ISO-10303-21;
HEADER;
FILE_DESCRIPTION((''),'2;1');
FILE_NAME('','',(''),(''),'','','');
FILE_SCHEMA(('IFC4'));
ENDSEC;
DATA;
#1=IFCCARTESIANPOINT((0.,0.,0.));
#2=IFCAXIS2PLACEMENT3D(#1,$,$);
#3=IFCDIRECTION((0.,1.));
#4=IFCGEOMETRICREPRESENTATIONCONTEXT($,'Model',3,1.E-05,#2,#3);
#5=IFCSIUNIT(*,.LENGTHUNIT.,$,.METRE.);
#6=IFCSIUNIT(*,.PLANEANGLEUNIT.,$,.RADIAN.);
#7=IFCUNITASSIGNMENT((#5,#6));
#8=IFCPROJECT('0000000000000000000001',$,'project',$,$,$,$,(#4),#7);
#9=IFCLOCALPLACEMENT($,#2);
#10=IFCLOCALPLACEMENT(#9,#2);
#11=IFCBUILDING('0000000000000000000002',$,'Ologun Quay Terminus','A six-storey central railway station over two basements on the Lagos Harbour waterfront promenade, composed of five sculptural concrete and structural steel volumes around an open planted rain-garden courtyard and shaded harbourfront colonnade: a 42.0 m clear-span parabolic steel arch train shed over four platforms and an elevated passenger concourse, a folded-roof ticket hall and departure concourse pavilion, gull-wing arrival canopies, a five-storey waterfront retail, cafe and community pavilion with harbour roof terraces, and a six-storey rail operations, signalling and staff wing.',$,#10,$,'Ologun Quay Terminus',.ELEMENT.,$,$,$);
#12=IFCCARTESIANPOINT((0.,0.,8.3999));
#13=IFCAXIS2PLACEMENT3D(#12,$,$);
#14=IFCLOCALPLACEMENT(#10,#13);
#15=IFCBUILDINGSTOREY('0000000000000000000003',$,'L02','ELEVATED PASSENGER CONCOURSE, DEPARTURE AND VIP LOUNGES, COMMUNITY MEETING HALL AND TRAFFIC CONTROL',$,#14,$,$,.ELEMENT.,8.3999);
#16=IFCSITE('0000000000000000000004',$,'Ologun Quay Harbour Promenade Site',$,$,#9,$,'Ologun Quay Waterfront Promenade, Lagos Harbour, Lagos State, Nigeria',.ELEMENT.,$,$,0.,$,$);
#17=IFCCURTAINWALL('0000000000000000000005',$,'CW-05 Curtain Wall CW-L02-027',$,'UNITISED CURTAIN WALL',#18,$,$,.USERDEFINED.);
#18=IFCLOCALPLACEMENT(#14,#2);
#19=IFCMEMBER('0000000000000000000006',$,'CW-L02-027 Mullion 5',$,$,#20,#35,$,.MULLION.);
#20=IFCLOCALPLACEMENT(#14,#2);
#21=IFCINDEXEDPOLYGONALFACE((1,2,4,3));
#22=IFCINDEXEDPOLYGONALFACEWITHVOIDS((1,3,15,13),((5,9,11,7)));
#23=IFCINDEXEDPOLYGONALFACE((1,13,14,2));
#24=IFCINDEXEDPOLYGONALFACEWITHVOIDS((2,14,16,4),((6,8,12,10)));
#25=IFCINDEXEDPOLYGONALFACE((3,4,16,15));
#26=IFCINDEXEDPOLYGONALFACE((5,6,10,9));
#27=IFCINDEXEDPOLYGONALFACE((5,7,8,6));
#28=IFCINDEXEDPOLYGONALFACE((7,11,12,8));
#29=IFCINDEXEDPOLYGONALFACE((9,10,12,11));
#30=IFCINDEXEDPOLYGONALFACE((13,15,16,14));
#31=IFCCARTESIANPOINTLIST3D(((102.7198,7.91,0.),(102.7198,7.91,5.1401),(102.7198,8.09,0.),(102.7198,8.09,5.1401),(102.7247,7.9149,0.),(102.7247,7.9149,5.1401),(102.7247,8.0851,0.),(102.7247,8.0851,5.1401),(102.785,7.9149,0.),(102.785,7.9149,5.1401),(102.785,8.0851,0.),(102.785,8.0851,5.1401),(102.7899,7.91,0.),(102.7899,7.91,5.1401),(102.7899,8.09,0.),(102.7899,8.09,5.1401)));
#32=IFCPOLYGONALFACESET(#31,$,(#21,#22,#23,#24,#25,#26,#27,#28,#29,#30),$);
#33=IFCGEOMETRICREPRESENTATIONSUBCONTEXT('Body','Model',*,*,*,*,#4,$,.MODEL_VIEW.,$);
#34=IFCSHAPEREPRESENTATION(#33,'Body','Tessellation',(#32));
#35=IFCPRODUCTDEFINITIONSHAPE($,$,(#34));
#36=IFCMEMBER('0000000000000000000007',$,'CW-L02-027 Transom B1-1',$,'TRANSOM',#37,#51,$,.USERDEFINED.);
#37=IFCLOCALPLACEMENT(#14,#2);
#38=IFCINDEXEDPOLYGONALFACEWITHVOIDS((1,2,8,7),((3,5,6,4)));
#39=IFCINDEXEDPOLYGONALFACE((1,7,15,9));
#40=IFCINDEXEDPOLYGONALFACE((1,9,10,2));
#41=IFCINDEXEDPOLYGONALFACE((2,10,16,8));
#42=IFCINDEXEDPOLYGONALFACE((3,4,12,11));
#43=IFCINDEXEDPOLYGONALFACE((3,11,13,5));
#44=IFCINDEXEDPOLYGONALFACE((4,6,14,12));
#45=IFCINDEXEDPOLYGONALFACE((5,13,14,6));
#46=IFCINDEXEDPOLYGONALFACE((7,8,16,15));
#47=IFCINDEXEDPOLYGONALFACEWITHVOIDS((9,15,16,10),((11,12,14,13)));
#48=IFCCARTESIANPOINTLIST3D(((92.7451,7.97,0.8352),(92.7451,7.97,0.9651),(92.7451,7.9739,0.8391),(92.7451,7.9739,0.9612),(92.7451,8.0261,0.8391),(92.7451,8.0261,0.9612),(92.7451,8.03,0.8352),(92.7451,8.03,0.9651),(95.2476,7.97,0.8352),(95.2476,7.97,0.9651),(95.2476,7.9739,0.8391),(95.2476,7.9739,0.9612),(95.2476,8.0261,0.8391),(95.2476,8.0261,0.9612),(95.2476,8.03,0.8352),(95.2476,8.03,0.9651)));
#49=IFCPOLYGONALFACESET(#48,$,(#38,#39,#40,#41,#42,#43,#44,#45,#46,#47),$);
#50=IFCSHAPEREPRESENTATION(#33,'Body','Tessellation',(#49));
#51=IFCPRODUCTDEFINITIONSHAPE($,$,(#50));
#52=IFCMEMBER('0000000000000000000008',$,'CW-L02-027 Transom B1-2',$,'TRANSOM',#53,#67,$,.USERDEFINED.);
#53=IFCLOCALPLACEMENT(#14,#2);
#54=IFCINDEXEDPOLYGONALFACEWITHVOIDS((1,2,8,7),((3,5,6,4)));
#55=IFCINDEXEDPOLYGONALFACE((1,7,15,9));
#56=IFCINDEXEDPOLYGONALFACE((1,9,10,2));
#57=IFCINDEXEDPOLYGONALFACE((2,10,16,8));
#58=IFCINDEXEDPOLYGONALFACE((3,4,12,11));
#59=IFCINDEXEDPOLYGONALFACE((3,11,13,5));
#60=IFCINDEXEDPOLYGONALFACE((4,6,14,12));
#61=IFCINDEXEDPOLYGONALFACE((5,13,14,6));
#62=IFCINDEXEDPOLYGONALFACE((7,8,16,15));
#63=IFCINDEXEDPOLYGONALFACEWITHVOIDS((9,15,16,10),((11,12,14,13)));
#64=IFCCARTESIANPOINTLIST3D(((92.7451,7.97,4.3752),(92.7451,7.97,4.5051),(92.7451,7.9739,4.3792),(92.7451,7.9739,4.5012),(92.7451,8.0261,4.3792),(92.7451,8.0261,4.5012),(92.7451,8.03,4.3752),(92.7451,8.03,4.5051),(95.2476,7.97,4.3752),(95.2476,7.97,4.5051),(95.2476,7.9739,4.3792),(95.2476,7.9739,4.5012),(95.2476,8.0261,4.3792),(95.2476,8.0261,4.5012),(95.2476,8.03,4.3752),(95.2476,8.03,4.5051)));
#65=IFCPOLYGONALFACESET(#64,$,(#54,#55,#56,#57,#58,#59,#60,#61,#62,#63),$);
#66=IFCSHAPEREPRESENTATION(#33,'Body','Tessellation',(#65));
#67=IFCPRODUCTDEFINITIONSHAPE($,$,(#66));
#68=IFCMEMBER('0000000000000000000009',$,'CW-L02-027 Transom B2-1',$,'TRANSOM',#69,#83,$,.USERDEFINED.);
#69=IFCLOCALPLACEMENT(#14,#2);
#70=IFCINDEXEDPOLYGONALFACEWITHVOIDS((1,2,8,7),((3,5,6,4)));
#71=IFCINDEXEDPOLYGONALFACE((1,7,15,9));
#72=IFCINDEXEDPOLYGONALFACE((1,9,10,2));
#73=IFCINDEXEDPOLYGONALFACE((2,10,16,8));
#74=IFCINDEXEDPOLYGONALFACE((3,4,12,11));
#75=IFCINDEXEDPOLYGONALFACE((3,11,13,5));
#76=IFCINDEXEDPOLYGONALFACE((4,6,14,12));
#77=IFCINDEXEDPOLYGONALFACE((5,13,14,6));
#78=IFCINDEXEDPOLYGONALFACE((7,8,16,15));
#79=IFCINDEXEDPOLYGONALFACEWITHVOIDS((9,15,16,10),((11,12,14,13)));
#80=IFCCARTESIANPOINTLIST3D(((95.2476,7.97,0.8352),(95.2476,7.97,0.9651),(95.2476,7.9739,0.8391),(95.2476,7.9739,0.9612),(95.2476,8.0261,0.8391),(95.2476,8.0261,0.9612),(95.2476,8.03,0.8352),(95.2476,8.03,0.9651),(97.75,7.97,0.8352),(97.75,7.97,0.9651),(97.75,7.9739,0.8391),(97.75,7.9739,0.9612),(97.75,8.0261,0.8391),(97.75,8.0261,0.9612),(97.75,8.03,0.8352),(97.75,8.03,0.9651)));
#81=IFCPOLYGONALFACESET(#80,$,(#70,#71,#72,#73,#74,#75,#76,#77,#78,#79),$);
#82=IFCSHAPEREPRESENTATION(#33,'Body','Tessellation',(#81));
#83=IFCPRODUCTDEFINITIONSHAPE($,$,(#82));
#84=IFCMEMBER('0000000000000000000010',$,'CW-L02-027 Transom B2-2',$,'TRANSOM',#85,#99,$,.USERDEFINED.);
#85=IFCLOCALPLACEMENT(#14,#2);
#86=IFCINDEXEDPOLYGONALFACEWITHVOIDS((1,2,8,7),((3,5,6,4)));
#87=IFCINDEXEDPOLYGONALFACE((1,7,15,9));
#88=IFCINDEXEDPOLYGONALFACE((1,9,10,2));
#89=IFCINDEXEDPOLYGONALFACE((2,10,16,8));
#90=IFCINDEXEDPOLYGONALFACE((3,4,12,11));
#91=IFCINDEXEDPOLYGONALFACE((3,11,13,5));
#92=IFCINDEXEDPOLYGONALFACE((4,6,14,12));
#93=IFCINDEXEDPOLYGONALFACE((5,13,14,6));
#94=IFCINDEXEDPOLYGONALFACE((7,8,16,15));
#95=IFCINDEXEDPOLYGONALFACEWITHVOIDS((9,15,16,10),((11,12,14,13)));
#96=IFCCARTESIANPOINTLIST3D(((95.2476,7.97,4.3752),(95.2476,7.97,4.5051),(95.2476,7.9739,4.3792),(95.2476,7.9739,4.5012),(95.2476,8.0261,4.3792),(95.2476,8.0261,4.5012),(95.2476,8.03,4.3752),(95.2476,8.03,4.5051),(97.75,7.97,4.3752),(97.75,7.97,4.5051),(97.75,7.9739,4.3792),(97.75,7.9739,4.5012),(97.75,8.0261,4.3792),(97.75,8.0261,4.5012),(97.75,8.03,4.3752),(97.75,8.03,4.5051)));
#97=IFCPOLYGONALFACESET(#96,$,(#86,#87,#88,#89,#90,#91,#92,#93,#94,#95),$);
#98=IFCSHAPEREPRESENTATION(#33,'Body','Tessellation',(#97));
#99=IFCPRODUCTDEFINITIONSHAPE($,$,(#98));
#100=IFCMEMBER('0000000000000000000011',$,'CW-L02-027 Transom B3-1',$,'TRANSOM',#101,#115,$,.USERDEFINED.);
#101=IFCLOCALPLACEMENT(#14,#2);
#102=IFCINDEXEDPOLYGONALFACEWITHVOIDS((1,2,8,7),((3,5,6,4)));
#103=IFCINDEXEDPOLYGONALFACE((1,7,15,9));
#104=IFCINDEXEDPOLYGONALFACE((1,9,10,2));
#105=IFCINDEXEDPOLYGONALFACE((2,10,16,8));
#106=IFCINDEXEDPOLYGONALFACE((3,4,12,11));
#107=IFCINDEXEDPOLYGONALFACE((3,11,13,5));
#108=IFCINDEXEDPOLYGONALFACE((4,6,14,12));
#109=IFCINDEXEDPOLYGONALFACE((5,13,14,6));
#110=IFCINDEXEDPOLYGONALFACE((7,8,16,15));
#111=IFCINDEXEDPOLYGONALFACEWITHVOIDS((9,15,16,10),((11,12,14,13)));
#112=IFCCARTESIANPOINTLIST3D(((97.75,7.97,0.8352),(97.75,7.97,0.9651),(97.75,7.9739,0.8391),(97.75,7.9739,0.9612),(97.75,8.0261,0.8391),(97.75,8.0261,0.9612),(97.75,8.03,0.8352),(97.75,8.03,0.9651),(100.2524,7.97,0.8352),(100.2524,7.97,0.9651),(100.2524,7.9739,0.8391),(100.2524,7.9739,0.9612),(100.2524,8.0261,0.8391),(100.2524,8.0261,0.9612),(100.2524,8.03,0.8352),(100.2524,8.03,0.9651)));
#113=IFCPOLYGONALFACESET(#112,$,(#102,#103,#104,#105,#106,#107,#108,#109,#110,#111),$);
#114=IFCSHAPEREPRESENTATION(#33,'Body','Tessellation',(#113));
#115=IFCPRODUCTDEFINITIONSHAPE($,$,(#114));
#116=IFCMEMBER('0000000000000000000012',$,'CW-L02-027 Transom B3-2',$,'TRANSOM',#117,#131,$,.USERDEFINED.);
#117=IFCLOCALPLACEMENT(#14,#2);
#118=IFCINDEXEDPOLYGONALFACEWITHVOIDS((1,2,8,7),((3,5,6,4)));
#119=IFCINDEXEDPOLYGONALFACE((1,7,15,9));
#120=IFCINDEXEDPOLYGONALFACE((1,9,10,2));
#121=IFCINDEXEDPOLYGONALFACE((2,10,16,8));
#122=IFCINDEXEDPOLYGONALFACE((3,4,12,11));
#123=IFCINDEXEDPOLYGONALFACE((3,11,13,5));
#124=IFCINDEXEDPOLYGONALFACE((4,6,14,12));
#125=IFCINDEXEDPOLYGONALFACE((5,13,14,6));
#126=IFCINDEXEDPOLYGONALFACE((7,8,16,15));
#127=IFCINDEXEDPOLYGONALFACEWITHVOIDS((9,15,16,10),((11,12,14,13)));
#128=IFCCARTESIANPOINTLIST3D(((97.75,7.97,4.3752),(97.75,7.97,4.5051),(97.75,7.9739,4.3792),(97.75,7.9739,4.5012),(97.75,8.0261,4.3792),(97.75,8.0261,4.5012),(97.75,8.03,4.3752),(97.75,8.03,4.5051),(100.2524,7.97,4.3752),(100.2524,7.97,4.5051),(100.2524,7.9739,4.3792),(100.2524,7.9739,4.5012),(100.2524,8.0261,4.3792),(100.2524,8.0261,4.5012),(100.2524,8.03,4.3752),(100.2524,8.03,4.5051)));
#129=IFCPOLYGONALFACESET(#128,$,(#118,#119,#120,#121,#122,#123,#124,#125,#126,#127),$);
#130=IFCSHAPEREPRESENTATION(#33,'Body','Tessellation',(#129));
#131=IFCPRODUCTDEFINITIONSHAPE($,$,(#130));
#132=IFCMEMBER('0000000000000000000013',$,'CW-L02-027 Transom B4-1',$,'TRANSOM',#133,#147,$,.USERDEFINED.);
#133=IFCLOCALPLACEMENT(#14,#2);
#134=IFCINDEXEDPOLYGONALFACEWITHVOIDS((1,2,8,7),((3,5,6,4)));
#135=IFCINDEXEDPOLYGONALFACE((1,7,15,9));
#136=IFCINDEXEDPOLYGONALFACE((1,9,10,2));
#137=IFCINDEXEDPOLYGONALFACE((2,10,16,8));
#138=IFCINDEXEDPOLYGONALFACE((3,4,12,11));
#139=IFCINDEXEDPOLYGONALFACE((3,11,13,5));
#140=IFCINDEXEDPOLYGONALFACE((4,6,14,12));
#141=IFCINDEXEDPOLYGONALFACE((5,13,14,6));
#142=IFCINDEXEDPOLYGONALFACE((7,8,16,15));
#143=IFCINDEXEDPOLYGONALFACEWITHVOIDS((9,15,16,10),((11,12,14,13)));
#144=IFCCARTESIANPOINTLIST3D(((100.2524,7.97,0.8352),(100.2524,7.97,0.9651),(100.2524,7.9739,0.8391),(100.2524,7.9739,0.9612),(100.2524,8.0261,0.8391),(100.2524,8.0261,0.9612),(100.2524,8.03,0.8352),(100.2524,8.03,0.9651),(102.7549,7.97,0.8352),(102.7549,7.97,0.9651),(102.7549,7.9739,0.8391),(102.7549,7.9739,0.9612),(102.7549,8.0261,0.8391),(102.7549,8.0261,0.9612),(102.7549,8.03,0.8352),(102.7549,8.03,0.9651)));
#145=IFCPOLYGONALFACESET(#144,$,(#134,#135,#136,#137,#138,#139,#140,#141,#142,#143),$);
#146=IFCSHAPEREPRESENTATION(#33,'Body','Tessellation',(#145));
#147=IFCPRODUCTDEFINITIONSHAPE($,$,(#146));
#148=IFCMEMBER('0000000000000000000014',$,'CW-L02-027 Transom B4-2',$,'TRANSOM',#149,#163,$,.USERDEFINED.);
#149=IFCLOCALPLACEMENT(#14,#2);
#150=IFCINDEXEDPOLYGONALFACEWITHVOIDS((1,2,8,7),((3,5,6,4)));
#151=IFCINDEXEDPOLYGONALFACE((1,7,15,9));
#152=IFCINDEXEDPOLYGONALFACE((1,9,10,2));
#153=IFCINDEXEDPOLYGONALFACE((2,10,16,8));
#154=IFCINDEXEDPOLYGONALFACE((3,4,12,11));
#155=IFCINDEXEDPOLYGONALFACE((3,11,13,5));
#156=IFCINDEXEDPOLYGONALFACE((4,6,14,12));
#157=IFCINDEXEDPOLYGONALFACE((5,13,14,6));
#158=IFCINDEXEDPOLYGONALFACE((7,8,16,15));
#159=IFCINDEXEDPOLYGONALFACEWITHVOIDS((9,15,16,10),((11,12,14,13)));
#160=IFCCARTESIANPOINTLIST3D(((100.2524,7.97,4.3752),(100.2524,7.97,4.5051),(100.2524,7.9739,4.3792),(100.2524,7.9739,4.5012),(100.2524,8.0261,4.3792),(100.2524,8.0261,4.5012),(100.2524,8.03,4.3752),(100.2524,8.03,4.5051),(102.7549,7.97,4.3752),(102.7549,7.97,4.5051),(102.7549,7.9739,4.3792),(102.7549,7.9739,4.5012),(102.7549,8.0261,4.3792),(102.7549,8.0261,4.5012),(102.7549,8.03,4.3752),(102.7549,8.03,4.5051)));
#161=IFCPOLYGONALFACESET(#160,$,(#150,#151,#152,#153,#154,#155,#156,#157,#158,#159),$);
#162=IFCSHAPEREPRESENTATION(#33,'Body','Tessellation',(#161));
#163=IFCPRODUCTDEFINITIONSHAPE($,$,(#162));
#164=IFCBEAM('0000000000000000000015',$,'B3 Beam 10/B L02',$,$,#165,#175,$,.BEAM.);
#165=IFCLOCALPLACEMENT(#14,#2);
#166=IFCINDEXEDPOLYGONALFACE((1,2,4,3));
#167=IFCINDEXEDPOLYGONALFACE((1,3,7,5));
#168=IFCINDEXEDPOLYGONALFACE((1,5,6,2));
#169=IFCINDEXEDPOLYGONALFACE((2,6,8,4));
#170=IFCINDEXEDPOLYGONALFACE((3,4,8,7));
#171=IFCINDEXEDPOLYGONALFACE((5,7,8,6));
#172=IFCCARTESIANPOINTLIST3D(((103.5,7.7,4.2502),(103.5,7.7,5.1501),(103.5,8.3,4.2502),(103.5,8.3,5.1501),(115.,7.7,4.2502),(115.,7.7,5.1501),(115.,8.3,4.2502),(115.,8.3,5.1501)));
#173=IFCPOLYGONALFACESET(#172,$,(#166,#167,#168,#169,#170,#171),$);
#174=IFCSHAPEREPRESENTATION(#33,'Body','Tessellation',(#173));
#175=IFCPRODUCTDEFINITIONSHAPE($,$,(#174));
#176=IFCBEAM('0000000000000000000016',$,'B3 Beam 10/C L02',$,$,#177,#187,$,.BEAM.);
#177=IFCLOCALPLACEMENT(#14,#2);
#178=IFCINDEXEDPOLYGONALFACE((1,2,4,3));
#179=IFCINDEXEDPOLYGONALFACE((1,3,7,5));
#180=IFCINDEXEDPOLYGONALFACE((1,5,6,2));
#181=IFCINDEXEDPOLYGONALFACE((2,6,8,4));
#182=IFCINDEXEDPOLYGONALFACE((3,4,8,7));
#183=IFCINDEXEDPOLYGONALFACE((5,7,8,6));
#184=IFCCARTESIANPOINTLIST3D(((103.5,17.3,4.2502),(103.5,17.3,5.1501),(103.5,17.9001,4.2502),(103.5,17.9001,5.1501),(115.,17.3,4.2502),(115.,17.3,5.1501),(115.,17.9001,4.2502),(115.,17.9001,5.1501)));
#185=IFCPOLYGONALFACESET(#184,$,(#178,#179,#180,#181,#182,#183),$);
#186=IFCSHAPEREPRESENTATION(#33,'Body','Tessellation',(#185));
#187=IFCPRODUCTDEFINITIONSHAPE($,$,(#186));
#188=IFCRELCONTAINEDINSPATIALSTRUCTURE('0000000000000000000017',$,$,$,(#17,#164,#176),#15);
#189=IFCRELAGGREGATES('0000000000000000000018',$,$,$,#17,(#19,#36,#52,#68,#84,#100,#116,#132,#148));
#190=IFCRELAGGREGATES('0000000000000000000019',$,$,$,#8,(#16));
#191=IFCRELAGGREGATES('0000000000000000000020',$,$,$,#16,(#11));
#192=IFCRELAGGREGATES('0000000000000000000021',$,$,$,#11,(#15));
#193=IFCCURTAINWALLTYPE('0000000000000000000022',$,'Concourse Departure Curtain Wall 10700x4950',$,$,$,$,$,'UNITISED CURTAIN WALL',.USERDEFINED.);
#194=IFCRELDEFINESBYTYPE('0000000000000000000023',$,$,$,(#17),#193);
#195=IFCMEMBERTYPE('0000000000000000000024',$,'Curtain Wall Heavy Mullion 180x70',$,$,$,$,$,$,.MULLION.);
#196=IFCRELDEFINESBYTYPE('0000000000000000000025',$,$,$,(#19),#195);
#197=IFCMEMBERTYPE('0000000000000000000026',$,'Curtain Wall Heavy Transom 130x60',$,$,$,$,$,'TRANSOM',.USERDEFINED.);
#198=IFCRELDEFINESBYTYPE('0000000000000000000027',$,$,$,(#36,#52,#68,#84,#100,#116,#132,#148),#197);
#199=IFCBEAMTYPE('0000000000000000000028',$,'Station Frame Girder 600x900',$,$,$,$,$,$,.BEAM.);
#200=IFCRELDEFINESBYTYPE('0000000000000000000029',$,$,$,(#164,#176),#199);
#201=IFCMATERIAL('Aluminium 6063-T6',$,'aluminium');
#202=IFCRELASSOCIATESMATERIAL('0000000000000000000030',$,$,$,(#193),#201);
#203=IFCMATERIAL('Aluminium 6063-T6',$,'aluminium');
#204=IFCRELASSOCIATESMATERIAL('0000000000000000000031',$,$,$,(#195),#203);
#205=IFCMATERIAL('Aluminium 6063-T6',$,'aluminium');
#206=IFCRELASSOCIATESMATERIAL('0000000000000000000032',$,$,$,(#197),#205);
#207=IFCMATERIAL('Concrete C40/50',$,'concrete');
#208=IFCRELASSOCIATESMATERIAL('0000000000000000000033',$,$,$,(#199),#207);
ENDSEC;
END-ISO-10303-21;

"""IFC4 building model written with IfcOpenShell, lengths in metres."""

from ifc_helpers import new_model, si_unit, direction, frame, origin, origin_2d, place, context, subcontext, project, spatial, rectangle, hollow_rectangle, extrude, material, material_profile, profile_set, type_object, element, aggregate, save


model = new_model("IFC4")

# Units and contexts
model_context = context("Model", 3, precision=1e-05, world=origin(), true_north=direction((0.0, 1.0)))
body_context = subcontext(model_context, "Body", "Model", "MODEL_VIEW")
ifc_project = project(units=[si_unit("LENGTHUNIT", "METRE"), si_unit("PLANEANGLEUNIT", "RADIAN")], contexts=[model_context])

# Site, building, storey
site_placement = place(None, origin())
site = spatial("IfcSite", under=ifc_project, at=site_placement, Name="Ologun Quay Harbour Promenade Site", LongName="Ologun Quay Waterfront Promenade, Lagos Harbour, Lagos State, Nigeria", CompositionType="ELEMENT", RefElevation=0.0)
building_placement = place(site_placement, origin())
building = spatial("IfcBuilding", under=site, at=building_placement, Name="Ologun Quay Terminus", Description="A six-storey central railway station over two basements on the Lagos Harbour waterfront promenade, composed of five sculptural concrete and structural steel volumes around an open planted rain-garden courtyard and shaded harbourfront colonnade: a 42.0 m clear-span parabolic steel arch train shed over four platforms and an elevated passenger concourse, a folded-roof ticket hall and departure concourse pavilion, gull-wing arrival canopies, a five-storey waterfront retail, cafe and community pavilion with harbour roof terraces, and a six-storey rail operations, signalling and staff wing.", LongName="Ologun Quay Terminus", CompositionType="ELEMENT")
storey_placement = place(building_placement, frame((0.0, 0.0, 8.3999)))
storey = spatial("IfcBuildingStorey", under=building, at=storey_placement, Name="L02", Description="ELEVATED PASSENGER CONCOURSE, DEPARTURE AND VIP LOUNGES, COMMUNITY MEETING HALL AND TRAFFIC CONTROL", CompositionType="ELEMENT", Elevation=8.3999)

# Curtain wall, members
ifc_material_1 = material(Name="Aluminium 6063-T6", Category="aluminium")
curtain_wall_type = type_object("IfcCurtainWallType", Name="Concourse Departure Curtain Wall 10700x4950", ElementType="UNITISED CURTAIN WALL", PredefinedType="USERDEFINED", material=ifc_material_1)
curtain_wall_placement = place(storey_placement, origin())
curtain_wall = element("IfcCurtainWall", 1, at=curtain_wall_placement, inside=storey, type_object=curtain_wall_type, Name="CW-05 Curtain Wall CW-L02-027", ObjectType="UNITISED CURTAIN WALL", PredefinedType="USERDEFINED")
ifc_material_2 = material(Name="Aluminium 6063-T6", Category="aluminium")
ifc_material_profile_1 = material_profile(ifc_material_2, hollow_rectangle(XDim=0.0701, YDim=0.1799, WallThickness=0.0049, at=origin_2d()), Name="ALU 180x70x5")
ifc_profile_set_1 = profile_set([ifc_material_profile_1], Name="Aluminium 6063-T6")
member_type_1 = type_object("IfcMemberType", Name="Curtain Wall Heavy Mullion 180x70", PredefinedType="MULLION", material=ifc_profile_set_1)
member_1_placement = place(storey_placement, frame((102.7549, 8.0, 0.0), z_axis=(0.0, 0.0, 1.0), x_axis=(1.0, 0.0, 0.0)))
member_1 = element("IfcMember", 2, at=member_1_placement, type_object=member_type_1, Name="CW-L02-027 Mullion 5", PredefinedType="MULLION", context=body_context, shape_type="SweptSolid", body=[
    extrude(hollow_rectangle(XDim=0.0701, YDim=0.1799, WallThickness=0.0049, at=origin_2d()), origin(), (0.0, 0.0, 1.0), 5.1401),
])
ifc_material_3 = material(Name="Aluminium 6063-T6", Category="aluminium")
ifc_material_profile_2 = material_profile(ifc_material_3, hollow_rectangle(XDim=0.0601, YDim=0.1299, WallThickness=0.0039, at=origin_2d()), Name="ALU 130x60x4")
ifc_profile_set_2 = profile_set([ifc_material_profile_2], Name="Aluminium 6063-T6")
member_type_2 = type_object("IfcMemberType", Name="Curtain Wall Heavy Transom 130x60", ElementType="TRANSOM", PredefinedType="USERDEFINED", material=ifc_profile_set_2)
member_2_placement = place(storey_placement, frame((92.7451, 8.0, 0.9001), z_axis=(1.0, 0.0, 0.0), x_axis=(0.0, 1.0, 0.0)))
member_2 = element("IfcMember", 3, at=member_2_placement, type_object=member_type_2, Name="CW-L02-027 Transom B1-1", ObjectType="TRANSOM", PredefinedType="USERDEFINED", context=body_context, shape_type="SweptSolid", body=[
    extrude(hollow_rectangle(XDim=0.0601, YDim=0.1299, WallThickness=0.0039, at=origin_2d()), origin(), (0.0, 0.0, 1.0), 2.5024),
])
member_3_placement = place(storey_placement, frame((92.7451, 8.0, 4.4402), z_axis=(1.0, 0.0, 0.0), x_axis=(0.0, 1.0, 0.0)))
member_3 = element("IfcMember", 4, at=member_3_placement, type_object=member_type_2, Name="CW-L02-027 Transom B1-2", ObjectType="TRANSOM", PredefinedType="USERDEFINED", context=body_context, shape_type="SweptSolid", body=[
    extrude(hollow_rectangle(XDim=0.0601, YDim=0.1299, WallThickness=0.0039, at=origin_2d()), origin(), (0.0, 0.0, 1.0), 2.5024),
])
member_4_placement = place(storey_placement, frame((95.2476, 8.0, 0.9001), z_axis=(1.0, 0.0, 0.0), x_axis=(0.0, 1.0, 0.0)))
member_4 = element("IfcMember", 5, at=member_4_placement, type_object=member_type_2, Name="CW-L02-027 Transom B2-1", ObjectType="TRANSOM", PredefinedType="USERDEFINED", context=body_context, shape_type="SweptSolid", body=[
    extrude(hollow_rectangle(XDim=0.0601, YDim=0.1299, WallThickness=0.0039, at=origin_2d()), origin(), (0.0, 0.0, 1.0), 2.5024),
])
member_5_placement = place(storey_placement, frame((95.2476, 8.0, 4.4402), z_axis=(1.0, 0.0, 0.0), x_axis=(0.0, 1.0, 0.0)))
member_5 = element("IfcMember", 6, at=member_5_placement, type_object=member_type_2, Name="CW-L02-027 Transom B2-2", ObjectType="TRANSOM", PredefinedType="USERDEFINED", context=body_context, shape_type="SweptSolid", body=[
    extrude(hollow_rectangle(XDim=0.0601, YDim=0.1299, WallThickness=0.0039, at=origin_2d()), origin(), (0.0, 0.0, 1.0), 2.5024),
])
member_6_placement = place(storey_placement, frame((97.75, 8.0, 0.9001), z_axis=(1.0, 0.0, 0.0), x_axis=(0.0, 1.0, 0.0)))
member_6 = element("IfcMember", 7, at=member_6_placement, type_object=member_type_2, Name="CW-L02-027 Transom B3-1", ObjectType="TRANSOM", PredefinedType="USERDEFINED", context=body_context, shape_type="SweptSolid", body=[
    extrude(hollow_rectangle(XDim=0.0601, YDim=0.1299, WallThickness=0.0039, at=origin_2d()), origin(), (0.0, 0.0, 1.0), 2.5024),
])
member_7_placement = place(storey_placement, frame((97.75, 8.0, 4.4402), z_axis=(1.0, 0.0, 0.0), x_axis=(0.0, 1.0, 0.0)))
member_7 = element("IfcMember", 8, at=member_7_placement, type_object=member_type_2, Name="CW-L02-027 Transom B3-2", ObjectType="TRANSOM", PredefinedType="USERDEFINED", context=body_context, shape_type="SweptSolid", body=[
    extrude(hollow_rectangle(XDim=0.0601, YDim=0.1299, WallThickness=0.0039, at=origin_2d()), origin(), (0.0, 0.0, 1.0), 2.5024),
])
member_8_placement = place(storey_placement, frame((100.2524, 8.0, 0.9001), z_axis=(1.0, 0.0, 0.0), x_axis=(0.0, 1.0, 0.0)))
member_8 = element("IfcMember", 9, at=member_8_placement, type_object=member_type_2, Name="CW-L02-027 Transom B4-1", ObjectType="TRANSOM", PredefinedType="USERDEFINED", context=body_context, shape_type="SweptSolid", body=[
    extrude(hollow_rectangle(XDim=0.0601, YDim=0.1299, WallThickness=0.0039, at=origin_2d()), origin(), (0.0, 0.0, 1.0), 2.5024),
])
member_9_placement = place(storey_placement, frame((100.2524, 8.0, 4.4402), z_axis=(1.0, 0.0, 0.0), x_axis=(0.0, 1.0, 0.0)))
member_9 = element("IfcMember", 10, at=member_9_placement, type_object=member_type_2, Name="CW-L02-027 Transom B4-2", ObjectType="TRANSOM", PredefinedType="USERDEFINED", context=body_context, shape_type="SweptSolid", body=[
    extrude(hollow_rectangle(XDim=0.0601, YDim=0.1299, WallThickness=0.0039, at=origin_2d()), origin(), (0.0, 0.0, 1.0), 2.5024),
])

# Beams
ifc_material_4 = material(Name="Concrete C40/50", Category="concrete")
ifc_material_profile_3 = material_profile(ifc_material_4, rectangle(XDim=0.6001, YDim=0.8999, at=origin_2d()), Name="RC 600x900")
ifc_profile_set_3 = profile_set([ifc_material_profile_3], Name="Concrete C40/50")
beam_type_1 = type_object("IfcBeamType", Name="Station Frame Girder 600x900", PredefinedType="BEAM", material=ifc_profile_set_3)
for number, where, z_axis, x_axis, name in (
    (11, (103.5, 8.0, 4.7002), (1.0, 0.0, 0.0), (0.0, 1.0, 0.0), "B3 Beam 10/B L02"),
    (12, (103.5, 17.6001, 4.7002), (1.0, 0.0, 0.0), (0.0, 1.0, 0.0), "B3 Beam 10/C L02"),
):
    element("IfcBeam", number, at=place(storey_placement, frame(where, z_axis=z_axis, x_axis=x_axis)), inside=storey, type_object=beam_type_1, Name=name, PredefinedType="BEAM", context=body_context, shape_type="SweptSolid", body=[
        extrude(rectangle(XDim=0.6001, YDim=0.8999, at=origin_2d()), origin(), (0.0, 0.0, 1.0), 11.5),
    ])

aggregate(curtain_wall, [member_1, member_2, member_3, member_4, member_5, member_6, member_7, member_8, member_9])

save(model, "model.ifc")
